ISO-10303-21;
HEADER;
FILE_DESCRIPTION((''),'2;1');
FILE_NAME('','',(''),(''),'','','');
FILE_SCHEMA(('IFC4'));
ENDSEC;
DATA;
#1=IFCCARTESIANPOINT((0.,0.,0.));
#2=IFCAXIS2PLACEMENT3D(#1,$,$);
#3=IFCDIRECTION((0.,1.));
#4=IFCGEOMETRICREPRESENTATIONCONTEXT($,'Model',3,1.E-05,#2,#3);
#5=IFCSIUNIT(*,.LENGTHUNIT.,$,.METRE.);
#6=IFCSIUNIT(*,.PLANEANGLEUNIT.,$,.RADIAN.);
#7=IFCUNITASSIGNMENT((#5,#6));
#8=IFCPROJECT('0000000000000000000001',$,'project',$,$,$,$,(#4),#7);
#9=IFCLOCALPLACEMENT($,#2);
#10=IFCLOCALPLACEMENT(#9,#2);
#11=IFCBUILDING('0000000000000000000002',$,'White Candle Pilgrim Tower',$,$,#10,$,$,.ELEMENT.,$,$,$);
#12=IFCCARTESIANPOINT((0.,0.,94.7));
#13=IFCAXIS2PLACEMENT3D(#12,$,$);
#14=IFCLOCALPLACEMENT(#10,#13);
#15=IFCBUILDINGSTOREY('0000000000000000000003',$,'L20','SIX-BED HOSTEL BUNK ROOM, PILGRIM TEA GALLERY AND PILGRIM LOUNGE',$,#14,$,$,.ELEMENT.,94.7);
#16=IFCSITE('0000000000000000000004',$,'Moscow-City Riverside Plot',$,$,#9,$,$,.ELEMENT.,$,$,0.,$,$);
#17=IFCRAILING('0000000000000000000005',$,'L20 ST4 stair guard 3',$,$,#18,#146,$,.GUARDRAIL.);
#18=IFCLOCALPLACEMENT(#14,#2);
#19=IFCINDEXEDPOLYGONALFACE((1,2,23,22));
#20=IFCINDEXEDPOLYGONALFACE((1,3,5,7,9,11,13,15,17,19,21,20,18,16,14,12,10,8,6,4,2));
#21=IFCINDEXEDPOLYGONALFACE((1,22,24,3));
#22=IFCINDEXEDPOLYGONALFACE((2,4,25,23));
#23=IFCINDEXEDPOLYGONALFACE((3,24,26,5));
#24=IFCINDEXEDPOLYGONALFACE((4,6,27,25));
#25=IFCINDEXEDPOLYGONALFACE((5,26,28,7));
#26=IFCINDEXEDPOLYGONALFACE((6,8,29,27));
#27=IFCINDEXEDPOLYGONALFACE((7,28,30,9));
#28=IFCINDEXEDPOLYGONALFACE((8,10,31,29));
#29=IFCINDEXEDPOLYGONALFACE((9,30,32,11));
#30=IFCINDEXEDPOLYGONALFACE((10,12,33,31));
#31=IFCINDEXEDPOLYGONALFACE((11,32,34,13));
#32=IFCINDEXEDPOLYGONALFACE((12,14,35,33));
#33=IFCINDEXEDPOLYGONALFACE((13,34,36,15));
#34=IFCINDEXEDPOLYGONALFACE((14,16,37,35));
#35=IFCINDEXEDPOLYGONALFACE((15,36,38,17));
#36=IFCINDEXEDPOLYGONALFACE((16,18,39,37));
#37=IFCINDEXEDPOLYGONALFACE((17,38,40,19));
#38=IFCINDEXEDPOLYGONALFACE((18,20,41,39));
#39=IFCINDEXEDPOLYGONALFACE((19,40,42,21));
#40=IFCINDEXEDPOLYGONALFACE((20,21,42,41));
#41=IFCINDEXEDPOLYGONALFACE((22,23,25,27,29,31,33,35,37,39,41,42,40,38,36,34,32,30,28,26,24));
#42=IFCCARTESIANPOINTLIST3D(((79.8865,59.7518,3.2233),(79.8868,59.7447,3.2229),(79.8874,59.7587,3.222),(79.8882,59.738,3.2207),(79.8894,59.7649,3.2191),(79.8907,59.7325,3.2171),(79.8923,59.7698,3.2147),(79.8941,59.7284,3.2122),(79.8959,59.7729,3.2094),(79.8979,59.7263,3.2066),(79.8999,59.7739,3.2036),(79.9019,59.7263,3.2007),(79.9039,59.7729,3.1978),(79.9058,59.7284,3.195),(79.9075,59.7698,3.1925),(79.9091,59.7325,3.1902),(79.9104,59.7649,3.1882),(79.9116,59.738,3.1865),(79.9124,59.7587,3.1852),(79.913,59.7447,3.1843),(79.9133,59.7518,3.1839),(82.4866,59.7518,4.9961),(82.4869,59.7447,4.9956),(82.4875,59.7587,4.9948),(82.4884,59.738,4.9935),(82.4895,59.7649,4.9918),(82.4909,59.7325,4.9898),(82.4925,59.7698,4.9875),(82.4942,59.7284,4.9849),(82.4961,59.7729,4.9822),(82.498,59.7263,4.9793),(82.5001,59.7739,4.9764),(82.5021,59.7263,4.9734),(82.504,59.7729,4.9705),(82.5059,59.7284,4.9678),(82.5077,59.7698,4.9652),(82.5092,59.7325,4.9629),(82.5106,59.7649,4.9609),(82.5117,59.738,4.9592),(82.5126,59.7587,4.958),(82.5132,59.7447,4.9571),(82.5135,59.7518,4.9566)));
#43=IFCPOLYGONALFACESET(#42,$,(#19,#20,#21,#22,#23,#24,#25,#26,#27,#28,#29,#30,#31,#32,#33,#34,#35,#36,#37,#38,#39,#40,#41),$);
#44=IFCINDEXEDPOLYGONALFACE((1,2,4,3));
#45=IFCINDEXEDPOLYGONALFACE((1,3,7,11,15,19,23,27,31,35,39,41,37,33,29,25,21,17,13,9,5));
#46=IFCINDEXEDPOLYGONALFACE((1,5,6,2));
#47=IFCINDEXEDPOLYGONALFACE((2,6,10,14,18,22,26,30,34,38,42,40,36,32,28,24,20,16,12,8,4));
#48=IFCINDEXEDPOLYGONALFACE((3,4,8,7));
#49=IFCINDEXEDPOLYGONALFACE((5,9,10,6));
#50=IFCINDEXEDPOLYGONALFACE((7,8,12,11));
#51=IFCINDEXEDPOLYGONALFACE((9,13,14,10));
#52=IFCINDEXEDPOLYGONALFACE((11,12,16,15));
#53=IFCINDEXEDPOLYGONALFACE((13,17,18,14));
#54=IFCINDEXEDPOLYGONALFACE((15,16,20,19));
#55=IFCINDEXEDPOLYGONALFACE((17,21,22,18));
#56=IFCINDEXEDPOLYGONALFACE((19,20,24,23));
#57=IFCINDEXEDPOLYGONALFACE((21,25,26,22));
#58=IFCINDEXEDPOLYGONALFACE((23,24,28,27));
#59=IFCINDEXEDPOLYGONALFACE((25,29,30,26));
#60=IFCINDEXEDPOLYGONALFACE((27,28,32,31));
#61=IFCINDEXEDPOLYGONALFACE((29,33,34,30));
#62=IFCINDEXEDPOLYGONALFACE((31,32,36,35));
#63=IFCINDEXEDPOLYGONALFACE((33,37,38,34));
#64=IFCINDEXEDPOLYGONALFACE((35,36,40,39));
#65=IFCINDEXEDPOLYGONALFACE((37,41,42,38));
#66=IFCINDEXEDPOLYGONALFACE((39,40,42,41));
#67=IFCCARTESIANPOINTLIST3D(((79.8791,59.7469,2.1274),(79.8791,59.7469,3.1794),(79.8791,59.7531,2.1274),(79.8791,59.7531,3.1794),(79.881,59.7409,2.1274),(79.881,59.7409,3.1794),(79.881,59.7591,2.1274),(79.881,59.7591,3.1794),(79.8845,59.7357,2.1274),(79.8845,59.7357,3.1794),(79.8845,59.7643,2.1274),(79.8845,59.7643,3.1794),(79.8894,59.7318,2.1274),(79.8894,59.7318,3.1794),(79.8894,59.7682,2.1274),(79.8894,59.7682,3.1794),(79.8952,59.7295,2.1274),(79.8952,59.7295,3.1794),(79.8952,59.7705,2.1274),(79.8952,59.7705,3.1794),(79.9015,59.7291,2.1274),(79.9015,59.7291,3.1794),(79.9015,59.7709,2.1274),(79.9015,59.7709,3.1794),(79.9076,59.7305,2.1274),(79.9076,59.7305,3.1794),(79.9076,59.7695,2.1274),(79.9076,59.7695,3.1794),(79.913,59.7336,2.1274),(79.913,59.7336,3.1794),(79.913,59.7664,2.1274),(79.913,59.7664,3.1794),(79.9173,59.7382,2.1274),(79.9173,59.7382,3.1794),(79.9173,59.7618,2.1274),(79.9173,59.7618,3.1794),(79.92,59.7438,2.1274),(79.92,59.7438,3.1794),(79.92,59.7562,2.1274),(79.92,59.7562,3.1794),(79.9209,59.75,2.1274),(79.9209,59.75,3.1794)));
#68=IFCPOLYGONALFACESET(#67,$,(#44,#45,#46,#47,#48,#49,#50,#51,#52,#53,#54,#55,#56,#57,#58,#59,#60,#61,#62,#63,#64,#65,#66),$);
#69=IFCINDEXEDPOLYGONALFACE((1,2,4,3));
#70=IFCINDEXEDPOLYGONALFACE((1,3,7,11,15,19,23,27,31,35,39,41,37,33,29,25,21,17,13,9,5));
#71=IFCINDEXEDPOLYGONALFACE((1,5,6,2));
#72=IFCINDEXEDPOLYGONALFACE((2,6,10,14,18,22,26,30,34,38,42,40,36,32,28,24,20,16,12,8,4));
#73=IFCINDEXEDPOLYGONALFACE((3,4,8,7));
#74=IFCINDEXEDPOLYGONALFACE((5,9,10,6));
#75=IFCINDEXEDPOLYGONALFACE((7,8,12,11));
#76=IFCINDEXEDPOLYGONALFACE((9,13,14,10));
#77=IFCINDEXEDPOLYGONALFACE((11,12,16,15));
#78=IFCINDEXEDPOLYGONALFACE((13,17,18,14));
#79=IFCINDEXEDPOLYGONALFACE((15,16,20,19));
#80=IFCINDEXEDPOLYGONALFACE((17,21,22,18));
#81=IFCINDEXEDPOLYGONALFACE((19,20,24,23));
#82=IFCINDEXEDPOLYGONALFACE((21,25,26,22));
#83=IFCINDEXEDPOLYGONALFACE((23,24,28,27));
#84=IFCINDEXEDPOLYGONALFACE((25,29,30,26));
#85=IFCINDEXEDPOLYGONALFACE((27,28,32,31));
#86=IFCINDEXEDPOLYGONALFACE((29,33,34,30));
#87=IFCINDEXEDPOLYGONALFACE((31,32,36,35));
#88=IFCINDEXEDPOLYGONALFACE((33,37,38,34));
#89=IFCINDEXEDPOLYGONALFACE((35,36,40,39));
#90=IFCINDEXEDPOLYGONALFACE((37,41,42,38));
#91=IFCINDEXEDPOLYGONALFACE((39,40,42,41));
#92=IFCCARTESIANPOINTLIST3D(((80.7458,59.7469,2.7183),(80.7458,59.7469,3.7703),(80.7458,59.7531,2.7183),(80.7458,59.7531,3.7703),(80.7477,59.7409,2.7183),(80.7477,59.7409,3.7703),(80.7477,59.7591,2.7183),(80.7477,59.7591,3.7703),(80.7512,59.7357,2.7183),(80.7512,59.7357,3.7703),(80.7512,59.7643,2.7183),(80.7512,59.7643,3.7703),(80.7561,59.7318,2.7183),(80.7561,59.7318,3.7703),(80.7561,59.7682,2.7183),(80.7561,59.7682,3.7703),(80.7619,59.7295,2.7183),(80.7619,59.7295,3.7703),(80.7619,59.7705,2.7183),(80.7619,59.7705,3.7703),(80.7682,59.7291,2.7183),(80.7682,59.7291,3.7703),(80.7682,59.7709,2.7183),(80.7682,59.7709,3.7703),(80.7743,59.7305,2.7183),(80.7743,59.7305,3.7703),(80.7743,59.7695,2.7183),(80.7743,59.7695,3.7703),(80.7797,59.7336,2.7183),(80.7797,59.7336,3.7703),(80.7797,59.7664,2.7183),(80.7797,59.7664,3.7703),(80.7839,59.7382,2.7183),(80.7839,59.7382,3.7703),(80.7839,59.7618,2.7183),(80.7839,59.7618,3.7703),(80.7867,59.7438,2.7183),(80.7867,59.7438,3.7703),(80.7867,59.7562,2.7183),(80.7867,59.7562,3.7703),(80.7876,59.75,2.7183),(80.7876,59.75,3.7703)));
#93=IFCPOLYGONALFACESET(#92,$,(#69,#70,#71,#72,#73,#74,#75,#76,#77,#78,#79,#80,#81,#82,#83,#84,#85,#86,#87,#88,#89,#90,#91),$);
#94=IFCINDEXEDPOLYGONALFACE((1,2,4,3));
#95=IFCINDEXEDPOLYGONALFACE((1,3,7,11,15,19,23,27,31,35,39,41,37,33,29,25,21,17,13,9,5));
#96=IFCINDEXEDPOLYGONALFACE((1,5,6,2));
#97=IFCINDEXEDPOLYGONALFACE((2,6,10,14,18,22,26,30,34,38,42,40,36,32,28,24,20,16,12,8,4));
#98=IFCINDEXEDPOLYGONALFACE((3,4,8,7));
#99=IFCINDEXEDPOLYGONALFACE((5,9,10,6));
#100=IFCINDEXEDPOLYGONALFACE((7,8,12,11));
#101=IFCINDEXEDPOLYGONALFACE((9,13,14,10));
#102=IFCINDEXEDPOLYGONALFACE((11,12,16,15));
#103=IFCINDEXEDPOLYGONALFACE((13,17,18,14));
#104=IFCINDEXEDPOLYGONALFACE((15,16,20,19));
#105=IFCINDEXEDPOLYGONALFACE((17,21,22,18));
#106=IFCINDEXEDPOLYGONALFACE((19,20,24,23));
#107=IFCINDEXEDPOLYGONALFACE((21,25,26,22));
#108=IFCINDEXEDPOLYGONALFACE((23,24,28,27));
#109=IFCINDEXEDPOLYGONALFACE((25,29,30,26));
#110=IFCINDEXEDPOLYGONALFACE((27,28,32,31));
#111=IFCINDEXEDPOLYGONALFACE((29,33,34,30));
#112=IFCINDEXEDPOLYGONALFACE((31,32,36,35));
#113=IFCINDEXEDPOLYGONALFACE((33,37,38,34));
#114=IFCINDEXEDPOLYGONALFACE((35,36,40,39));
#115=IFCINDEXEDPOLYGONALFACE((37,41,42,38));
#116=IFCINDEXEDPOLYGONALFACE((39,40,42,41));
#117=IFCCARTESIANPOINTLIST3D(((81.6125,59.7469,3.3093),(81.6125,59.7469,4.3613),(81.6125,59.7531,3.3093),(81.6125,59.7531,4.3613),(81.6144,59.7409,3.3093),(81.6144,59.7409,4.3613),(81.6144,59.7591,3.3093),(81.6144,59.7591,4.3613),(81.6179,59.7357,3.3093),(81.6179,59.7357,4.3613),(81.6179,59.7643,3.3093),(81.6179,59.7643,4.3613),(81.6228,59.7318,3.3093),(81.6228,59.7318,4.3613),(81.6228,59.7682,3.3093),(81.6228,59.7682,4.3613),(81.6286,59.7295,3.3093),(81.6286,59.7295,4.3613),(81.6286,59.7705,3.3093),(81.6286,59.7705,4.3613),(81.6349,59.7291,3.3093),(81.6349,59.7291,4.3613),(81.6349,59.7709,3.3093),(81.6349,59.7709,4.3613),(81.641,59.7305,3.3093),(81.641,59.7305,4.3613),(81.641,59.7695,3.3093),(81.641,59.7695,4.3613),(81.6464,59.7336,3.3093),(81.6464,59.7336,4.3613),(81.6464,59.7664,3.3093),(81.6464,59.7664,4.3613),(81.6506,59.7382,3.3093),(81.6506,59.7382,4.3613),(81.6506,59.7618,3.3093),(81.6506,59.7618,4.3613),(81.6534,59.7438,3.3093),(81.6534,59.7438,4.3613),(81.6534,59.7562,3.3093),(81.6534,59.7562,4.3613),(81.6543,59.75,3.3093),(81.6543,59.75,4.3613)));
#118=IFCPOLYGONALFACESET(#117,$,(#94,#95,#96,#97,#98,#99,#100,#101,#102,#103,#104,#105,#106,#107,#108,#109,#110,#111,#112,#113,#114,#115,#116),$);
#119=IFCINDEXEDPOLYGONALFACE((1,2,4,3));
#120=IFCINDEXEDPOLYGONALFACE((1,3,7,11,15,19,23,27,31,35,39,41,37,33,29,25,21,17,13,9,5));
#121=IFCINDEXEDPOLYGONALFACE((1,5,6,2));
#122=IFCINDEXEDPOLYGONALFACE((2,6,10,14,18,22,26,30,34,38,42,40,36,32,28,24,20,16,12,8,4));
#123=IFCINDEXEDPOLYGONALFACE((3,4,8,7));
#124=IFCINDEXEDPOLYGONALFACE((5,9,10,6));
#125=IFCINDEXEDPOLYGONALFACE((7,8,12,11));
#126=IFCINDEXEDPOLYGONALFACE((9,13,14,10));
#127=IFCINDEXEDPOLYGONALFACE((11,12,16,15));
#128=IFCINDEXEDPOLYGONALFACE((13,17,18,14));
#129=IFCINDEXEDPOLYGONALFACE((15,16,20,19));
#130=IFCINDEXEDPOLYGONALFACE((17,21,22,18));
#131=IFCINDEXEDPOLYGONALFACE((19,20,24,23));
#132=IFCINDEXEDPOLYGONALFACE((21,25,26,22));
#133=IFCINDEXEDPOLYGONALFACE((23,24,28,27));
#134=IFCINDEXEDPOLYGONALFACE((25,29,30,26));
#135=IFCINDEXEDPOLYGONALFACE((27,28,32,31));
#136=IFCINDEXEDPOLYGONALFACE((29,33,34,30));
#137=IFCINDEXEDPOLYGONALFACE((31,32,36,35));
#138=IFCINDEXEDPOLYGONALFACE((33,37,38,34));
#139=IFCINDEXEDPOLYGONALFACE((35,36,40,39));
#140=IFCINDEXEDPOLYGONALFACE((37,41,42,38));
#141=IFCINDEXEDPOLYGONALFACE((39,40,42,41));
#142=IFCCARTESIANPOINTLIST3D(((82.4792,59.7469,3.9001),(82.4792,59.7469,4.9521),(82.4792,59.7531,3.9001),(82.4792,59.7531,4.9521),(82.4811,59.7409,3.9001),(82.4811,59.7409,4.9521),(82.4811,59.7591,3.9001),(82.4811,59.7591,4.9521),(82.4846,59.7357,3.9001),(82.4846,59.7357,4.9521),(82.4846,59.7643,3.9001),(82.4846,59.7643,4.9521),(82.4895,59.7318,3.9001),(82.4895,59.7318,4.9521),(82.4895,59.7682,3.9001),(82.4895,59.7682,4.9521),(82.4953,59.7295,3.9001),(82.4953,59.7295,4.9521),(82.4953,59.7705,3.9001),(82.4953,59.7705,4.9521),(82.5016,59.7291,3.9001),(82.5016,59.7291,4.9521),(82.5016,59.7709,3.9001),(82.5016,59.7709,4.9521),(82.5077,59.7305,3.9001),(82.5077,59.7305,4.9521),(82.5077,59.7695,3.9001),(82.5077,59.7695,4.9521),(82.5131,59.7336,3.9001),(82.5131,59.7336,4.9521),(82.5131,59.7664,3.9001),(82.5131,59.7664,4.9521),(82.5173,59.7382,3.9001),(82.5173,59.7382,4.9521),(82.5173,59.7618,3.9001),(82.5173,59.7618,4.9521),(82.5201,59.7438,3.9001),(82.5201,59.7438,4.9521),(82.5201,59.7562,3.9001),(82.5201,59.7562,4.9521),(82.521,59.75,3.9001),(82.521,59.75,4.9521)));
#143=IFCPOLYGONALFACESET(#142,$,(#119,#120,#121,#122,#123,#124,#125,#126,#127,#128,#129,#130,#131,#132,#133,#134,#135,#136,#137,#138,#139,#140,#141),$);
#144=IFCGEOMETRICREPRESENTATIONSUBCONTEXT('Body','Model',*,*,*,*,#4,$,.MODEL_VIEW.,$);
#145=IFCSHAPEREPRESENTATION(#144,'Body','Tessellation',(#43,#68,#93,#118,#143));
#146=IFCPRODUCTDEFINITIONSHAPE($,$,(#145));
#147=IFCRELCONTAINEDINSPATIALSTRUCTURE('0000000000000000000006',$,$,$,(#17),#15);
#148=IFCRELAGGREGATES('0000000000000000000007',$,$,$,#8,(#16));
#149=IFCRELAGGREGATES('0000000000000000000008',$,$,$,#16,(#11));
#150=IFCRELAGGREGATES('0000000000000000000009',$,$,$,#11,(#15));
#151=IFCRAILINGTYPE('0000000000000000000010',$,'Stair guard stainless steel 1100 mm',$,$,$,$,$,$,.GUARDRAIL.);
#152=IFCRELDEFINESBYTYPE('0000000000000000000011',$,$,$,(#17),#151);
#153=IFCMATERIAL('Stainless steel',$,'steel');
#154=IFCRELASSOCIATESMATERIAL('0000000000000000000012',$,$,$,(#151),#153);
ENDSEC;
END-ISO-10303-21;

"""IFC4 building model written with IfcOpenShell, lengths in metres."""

from ifc_helpers import new_model, si_unit, direction, frame, origin, origin_2d, place, context, subcontext, project, spatial, circle, extrude, material, type_object, element, save


model = new_model("IFC4")

# Units and contexts
model_context = context("Model", 3, precision=1e-05, world=origin(), true_north=direction((0.0, 1.0)))
body_context = subcontext(model_context, "Body", "Model", "MODEL_VIEW")
ifc_project = project(units=[si_unit("LENGTHUNIT", "METRE"), si_unit("PLANEANGLEUNIT", "RADIAN")], contexts=[model_context])

# Site, building, storey
site_placement = place(None, origin())
site = spatial("IfcSite", under=ifc_project, at=site_placement, Name="Moscow-City Riverside Plot", CompositionType="ELEMENT", RefElevation=0.0)
building_placement = place(site_placement, origin())
building = spatial("IfcBuilding", under=site, at=building_placement, Name="White Candle Pilgrim Tower", CompositionType="ELEMENT")
storey_placement = place(building_placement, frame((0.0, 0.0, 94.7)))
storey = spatial("IfcBuildingStorey", under=building, at=storey_placement, Name="L20", Description="SIX-BED HOSTEL BUNK ROOM, PILGRIM TEA GALLERY AND PILGRIM LOUNGE", CompositionType="ELEMENT", Elevation=94.7)

# Railing
ifc_material_1 = material(Name="Stainless steel", Category="steel")
railing_type_1 = type_object("IfcRailingType", Name="Stair guard stainless steel 1100 mm", PredefinedType="GUARDRAIL", material=ifc_material_1)
railing_1_placement = place(storey_placement, frame((79.8999, 59.75, 2.1274)))
element("IfcRailing", 1, at=railing_1_placement, inside=storey, type_object=railing_type_1, Name="L20 ST4 stair guard 3", PredefinedType="GUARDRAIL", context=body_context, shape_type="SweptSolid", body=[
    extrude(circle(Radius=0.0239, at=origin_2d()), frame((0.0, 0.0, 1.0762), z_axis=(0.82624, 0.0, 0.563318), x_axis=(0.0, 1.0, 0.0)), (0.0, 0.0, 1.0), 3.147),
    extrude(circle(Radius=0.021, at=origin_2d()), origin(), (0.0, 0.0, 1.0), 1.052),
    extrude(circle(Radius=0.021, at=origin_2d()), frame((0.8667, 0.0, 0.5908)), (0.0, 0.0, 1.0), 1.052),
    extrude(circle(Radius=0.021, at=origin_2d()), frame((1.7334, 0.0, 1.1819)), (0.0, 0.0, 1.0), 1.052),
    extrude(circle(Radius=0.021, at=origin_2d()), frame((2.6001, 0.0, 1.7727)), (0.0, 0.0, 1.0), 1.052),
])

save(model, "model.ifc")
